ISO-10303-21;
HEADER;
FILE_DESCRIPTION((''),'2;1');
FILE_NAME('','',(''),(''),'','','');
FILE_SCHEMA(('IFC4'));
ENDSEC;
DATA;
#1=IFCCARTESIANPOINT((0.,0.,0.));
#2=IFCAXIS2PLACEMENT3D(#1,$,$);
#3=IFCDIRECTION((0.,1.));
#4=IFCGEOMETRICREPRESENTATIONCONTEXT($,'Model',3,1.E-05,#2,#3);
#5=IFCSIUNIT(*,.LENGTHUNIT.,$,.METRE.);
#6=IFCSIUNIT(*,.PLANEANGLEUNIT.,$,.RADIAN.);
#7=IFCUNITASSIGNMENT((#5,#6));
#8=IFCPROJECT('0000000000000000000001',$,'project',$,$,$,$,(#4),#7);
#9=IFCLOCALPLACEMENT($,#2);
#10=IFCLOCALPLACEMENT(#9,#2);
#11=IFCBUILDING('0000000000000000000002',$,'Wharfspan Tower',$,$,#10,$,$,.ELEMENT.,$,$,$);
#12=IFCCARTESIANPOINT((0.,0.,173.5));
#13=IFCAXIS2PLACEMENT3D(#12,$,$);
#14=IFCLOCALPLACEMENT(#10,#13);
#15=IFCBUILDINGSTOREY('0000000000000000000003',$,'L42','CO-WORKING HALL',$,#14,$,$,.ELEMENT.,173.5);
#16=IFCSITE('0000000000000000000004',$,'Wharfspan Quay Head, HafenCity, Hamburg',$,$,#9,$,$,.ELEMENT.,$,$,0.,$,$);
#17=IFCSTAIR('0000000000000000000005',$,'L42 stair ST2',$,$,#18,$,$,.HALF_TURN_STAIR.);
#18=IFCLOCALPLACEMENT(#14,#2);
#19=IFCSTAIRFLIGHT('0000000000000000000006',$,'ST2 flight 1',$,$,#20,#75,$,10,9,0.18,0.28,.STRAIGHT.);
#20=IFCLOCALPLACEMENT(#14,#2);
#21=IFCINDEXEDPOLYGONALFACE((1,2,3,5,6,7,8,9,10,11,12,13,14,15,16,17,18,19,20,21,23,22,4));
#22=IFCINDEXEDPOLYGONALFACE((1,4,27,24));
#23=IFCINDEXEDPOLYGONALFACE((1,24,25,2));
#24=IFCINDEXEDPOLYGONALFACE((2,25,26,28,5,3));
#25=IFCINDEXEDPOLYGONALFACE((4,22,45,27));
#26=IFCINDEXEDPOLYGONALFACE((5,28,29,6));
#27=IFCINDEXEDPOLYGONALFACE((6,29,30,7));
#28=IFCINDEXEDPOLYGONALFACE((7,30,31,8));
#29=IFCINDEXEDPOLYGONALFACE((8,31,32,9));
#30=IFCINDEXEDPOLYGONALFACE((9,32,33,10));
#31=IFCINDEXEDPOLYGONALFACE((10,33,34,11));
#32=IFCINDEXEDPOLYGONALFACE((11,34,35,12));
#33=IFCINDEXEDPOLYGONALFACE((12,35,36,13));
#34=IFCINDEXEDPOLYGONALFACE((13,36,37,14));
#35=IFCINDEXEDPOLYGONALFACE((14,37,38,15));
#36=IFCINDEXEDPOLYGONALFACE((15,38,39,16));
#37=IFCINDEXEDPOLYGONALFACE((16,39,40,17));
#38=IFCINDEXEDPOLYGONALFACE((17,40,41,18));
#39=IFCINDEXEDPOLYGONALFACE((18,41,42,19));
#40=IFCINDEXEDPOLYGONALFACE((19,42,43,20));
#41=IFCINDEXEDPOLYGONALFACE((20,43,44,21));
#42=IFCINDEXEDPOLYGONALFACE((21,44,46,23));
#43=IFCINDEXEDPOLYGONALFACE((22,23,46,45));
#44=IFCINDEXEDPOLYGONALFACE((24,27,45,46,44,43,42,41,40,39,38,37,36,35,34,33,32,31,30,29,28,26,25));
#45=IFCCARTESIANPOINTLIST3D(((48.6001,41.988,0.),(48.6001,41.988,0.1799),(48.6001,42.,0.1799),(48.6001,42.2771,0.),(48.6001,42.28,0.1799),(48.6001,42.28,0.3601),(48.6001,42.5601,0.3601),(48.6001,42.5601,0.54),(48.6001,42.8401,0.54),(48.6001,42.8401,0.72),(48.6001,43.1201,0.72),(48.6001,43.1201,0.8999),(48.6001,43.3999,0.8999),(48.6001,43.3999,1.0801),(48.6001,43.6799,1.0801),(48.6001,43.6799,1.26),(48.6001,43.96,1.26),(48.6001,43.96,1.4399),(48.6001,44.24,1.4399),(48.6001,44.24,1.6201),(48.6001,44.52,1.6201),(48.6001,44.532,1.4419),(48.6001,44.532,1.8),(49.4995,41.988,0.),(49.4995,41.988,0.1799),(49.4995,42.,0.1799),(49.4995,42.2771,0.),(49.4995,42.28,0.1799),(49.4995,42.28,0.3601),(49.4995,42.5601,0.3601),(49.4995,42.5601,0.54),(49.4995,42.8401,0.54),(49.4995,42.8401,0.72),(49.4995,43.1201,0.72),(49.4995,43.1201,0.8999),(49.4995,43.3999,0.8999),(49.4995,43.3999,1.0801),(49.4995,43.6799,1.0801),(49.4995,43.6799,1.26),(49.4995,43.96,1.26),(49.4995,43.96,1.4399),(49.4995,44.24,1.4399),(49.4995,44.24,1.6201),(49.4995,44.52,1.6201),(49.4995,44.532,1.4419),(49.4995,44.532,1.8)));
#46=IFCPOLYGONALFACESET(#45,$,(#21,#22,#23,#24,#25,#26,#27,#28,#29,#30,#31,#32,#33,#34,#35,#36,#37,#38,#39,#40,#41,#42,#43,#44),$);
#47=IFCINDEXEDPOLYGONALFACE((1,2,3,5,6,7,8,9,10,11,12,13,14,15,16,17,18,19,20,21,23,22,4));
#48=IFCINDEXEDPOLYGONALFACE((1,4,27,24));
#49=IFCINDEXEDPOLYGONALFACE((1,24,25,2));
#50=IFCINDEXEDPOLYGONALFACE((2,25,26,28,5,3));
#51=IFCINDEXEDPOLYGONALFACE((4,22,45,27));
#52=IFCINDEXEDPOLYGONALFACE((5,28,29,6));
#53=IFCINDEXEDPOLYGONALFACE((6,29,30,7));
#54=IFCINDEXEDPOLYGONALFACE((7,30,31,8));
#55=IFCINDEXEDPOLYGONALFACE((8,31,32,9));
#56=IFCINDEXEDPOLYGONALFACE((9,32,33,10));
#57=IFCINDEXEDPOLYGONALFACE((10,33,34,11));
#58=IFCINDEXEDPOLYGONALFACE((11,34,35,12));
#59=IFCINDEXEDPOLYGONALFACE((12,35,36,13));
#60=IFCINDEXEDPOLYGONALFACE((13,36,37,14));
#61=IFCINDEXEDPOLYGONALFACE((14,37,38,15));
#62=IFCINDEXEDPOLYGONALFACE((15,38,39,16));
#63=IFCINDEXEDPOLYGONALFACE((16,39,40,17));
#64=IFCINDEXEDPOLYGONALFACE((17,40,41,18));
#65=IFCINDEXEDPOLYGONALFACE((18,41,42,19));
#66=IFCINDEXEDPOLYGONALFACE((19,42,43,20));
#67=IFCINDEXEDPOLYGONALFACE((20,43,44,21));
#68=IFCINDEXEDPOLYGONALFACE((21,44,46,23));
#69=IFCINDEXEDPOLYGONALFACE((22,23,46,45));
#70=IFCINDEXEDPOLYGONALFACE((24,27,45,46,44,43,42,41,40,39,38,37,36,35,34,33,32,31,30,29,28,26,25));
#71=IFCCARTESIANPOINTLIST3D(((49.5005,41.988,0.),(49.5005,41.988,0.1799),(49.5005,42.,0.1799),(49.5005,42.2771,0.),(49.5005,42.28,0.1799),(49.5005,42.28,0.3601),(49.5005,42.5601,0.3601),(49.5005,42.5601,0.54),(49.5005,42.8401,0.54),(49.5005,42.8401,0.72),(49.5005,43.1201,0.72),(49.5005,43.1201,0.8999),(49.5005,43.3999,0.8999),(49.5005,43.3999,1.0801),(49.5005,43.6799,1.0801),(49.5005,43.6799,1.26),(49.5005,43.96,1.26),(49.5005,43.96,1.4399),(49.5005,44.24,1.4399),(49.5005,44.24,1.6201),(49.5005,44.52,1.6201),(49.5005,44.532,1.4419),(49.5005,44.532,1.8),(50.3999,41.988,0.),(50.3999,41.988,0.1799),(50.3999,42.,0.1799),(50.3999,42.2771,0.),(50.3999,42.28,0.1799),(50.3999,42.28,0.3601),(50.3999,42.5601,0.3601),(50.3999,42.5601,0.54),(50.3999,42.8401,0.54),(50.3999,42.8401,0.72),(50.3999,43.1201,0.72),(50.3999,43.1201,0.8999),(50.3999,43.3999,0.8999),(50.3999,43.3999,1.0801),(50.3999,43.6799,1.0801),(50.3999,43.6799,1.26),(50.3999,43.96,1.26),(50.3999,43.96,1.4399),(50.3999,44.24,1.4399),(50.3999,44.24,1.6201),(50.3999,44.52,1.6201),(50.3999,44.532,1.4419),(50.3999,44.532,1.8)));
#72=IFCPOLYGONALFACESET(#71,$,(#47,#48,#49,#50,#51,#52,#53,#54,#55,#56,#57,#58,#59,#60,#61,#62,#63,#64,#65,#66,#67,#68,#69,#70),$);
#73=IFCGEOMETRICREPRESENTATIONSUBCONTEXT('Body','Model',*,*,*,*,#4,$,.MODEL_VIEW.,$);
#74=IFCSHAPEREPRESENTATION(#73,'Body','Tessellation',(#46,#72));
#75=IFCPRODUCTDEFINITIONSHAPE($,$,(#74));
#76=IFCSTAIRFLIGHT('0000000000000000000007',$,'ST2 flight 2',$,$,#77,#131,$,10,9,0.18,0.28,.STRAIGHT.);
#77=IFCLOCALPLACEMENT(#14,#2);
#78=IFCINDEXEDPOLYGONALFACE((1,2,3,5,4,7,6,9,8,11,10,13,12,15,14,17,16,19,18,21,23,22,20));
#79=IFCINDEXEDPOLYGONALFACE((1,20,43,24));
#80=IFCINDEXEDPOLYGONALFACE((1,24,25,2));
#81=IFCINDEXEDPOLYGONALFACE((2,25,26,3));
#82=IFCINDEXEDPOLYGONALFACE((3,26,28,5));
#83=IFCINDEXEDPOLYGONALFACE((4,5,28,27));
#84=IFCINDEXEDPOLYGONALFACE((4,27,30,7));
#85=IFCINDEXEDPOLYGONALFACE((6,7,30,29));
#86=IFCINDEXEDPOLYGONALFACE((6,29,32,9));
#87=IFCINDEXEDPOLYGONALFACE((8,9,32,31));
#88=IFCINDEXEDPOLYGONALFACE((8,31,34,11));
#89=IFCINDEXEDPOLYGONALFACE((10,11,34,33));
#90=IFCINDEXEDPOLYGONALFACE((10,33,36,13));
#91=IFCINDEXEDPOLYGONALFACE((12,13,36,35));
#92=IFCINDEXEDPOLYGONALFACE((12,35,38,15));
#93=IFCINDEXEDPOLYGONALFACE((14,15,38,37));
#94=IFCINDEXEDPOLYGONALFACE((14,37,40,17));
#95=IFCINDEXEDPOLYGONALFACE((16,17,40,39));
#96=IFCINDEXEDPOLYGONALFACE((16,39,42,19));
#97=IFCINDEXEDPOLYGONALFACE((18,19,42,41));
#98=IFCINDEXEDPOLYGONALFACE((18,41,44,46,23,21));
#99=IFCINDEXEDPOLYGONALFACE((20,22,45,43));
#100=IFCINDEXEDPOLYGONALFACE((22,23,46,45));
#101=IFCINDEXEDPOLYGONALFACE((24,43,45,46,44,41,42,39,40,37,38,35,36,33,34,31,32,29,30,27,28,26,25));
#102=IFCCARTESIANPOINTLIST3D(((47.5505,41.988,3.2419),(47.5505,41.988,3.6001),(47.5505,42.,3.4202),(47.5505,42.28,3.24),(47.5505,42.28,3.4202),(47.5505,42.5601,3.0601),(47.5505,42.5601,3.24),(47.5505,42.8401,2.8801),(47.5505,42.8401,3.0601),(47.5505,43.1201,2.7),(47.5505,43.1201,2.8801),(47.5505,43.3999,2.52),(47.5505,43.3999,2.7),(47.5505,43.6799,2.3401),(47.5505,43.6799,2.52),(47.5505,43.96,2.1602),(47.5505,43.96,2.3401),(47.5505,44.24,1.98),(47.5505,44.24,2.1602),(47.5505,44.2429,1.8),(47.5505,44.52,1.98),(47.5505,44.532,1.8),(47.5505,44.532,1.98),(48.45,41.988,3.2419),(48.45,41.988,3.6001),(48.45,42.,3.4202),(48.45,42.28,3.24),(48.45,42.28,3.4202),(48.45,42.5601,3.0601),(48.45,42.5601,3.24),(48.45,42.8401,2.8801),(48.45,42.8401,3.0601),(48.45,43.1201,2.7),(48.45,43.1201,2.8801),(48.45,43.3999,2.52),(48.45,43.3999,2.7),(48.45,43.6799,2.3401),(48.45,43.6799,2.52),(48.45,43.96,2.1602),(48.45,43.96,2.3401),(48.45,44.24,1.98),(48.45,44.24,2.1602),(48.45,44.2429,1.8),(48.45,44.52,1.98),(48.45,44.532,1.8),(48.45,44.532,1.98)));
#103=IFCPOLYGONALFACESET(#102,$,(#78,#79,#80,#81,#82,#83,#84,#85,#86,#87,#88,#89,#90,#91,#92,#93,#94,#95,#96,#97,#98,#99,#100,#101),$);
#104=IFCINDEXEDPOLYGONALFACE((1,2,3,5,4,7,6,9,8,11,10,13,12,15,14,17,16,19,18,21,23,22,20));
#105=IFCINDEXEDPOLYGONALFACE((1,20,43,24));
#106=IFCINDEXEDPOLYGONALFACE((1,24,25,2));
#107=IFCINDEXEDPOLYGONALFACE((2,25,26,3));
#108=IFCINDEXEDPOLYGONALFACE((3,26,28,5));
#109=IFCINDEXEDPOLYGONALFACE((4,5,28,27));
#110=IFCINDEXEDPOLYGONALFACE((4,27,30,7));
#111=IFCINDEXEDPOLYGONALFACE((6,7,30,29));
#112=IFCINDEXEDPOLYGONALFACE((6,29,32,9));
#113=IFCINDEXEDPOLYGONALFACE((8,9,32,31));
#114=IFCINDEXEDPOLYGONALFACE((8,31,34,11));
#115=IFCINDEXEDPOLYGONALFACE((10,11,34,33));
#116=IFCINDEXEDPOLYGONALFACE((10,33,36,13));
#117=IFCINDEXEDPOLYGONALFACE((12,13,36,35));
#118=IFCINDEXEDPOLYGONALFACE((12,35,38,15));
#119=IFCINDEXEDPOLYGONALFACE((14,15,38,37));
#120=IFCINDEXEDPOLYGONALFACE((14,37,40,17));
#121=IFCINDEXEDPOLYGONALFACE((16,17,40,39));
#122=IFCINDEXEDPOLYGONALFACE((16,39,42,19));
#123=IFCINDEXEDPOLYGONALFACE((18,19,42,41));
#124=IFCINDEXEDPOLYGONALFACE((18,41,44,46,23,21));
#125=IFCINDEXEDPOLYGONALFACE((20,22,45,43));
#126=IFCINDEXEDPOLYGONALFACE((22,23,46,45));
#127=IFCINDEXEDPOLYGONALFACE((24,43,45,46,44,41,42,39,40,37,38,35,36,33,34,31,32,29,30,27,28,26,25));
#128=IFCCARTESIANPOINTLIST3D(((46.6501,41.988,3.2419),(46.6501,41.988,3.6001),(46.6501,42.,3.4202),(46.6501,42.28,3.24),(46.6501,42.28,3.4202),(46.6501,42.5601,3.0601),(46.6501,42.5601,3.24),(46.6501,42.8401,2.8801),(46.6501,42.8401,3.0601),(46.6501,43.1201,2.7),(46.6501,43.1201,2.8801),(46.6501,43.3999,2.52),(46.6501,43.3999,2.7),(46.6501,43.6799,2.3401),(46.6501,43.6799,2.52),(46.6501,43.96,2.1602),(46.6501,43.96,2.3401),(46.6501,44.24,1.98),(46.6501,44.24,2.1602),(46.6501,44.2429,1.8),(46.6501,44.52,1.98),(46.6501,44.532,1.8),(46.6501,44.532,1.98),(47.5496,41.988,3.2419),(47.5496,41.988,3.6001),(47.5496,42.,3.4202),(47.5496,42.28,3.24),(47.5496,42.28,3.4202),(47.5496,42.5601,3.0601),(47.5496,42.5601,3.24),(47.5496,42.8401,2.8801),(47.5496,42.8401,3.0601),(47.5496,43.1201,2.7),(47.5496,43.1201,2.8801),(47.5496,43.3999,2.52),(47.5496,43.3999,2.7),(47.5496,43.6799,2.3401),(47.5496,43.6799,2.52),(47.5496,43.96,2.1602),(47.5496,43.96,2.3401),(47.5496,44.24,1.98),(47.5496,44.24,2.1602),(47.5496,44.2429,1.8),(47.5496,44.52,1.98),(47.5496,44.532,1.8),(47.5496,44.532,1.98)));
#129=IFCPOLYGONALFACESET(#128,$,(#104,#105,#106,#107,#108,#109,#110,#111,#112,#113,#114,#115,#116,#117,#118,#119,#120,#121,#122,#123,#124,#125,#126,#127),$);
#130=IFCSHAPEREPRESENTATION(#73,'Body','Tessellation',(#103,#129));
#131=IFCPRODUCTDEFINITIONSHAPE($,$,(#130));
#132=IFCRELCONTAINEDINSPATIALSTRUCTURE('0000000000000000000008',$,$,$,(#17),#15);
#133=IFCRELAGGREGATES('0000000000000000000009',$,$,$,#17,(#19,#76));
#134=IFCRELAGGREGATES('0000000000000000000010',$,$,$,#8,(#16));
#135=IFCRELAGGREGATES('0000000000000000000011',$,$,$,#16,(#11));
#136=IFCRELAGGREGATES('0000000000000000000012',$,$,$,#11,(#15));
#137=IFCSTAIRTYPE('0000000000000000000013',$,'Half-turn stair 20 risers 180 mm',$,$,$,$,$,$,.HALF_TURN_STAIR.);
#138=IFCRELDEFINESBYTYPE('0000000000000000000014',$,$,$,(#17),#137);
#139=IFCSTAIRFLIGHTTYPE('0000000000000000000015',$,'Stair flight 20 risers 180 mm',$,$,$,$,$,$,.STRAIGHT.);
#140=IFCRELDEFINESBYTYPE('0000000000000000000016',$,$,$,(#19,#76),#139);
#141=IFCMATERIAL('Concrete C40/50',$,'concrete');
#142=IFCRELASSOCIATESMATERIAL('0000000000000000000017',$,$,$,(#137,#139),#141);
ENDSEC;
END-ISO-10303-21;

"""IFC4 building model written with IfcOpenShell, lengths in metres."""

from ifc_helpers import new_model, si_unit, direction, frame, origin, place, context, subcontext, project, spatial, polyline, outline, extrude, material, type_object, element, aggregate, save


model = new_model("IFC4")

# Units and contexts
model_context = context("Model", 3, precision=1e-05, world=origin(), true_north=direction((0.0, 1.0)))
body_context = subcontext(model_context, "Body", "Model", "MODEL_VIEW")
ifc_project = project(units=[si_unit("LENGTHUNIT", "METRE"), si_unit("PLANEANGLEUNIT", "RADIAN")], contexts=[model_context])

# Site, building, storey
site_placement = place(None, origin())
site = spatial("IfcSite", under=ifc_project, at=site_placement, Name="Wharfspan Quay Head, HafenCity, Hamburg", CompositionType="ELEMENT", RefElevation=0.0)
building_placement = place(site_placement, origin())
building = spatial("IfcBuilding", under=site, at=building_placement, Name="Wharfspan Tower", CompositionType="ELEMENT")
storey_placement = place(building_placement, frame((0.0, 0.0, 173.5)))
storey = spatial("IfcBuildingStorey", under=building, at=storey_placement, Name="L42", Description="CO-WORKING HALL", CompositionType="ELEMENT", Elevation=173.5)

# Shared definitions
ifc_material_1 = material(Name="Concrete C40/50", Category="concrete")

# Stair, stair flights
stair_type = type_object("IfcStairType", Name="Half-turn stair 20 risers 180 mm", PredefinedType="HALF_TURN_STAIR", material=ifc_material_1)
stair_placement = place(storey_placement, origin())
stair = element("IfcStair", 1, at=stair_placement, inside=storey, type_object=stair_type, Name="L42 stair ST2", PredefinedType="HALF_TURN_STAIR")
stair_flight_type = type_object("IfcStairFlightType", Name="Stair flight 20 risers 180 mm", PredefinedType="STRAIGHT", material=ifc_material_1)
stair_flight_1_placement = place(storey_placement, frame((49.5, 42.0, 0.0), z_axis=(0.0, 0.0, 1.0), x_axis=(0.0, 1.0, 0.0)))
stair_flight_1 = element("IfcStairFlight", 2, at=stair_flight_1_placement, type_object=stair_flight_type, Name="ST2 flight 1", NumberOfRisers=10, NumberOfTreads=9, PredefinedType="STRAIGHT", RiserHeight=0.18, TreadLength=0.28, context=body_context, shape_type="SweptSolid", body=[
    extrude(outline(polyline([(-0.012, 0.0), (-0.012, 0.1799), (0.0, 0.1799), (0.28, 0.1799), (0.28, 0.3601), (0.5601, 0.3601), (0.5601, 0.54), (0.8401, 0.54), (0.8401, 0.72), (1.1201, 0.72), (1.1201, 0.8999), (1.3999, 0.8999), (1.3999, 1.0801), (1.6799, 1.0801), (1.6799, 1.26), (1.96, 1.26), (1.96, 1.4399), (2.24, 1.4399), (2.24, 1.6201), (2.52, 1.6201), (2.532, 1.8), (2.532, 1.4419), (0.2771, 0.0), (-0.012, 0.0)])), frame((0.0, 0.8999, 0.0), z_axis=(0.0, -1.0, 0.0), x_axis=(1.0, 0.0, 0.0)), (0.0, 0.0, 1.0), 0.8994),
    extrude(outline(polyline([(-0.012, 0.0), (-0.012, 0.1799), (0.0, 0.1799), (0.28, 0.1799), (0.28, 0.3601), (0.5601, 0.3601), (0.5601, 0.54), (0.8401, 0.54), (0.8401, 0.72), (1.1201, 0.72), (1.1201, 0.8999), (1.3999, 0.8999), (1.3999, 1.0801), (1.6799, 1.0801), (1.6799, 1.26), (1.96, 1.26), (1.96, 1.4399), (2.24, 1.4399), (2.24, 1.6201), (2.52, 1.6201), (2.532, 1.8), (2.532, 1.4419), (0.2771, 0.0), (-0.012, 0.0)])), frame((0.0, -0.0005, 0.0), z_axis=(0.0, -1.0, 0.0), x_axis=(1.0, 0.0, 0.0)), (0.0, 0.0, 1.0), 0.8994),
])
stair_flight_2_placement = place(storey_placement, frame((47.55, 44.52, 1.8), z_axis=(0.0, 0.0, 1.0), x_axis=(0.0, -1.0, 0.0)))
stair_flight_2 = element("IfcStairFlight", 3, at=stair_flight_2_placement, type_object=stair_flight_type, Name="ST2 flight 2", NumberOfRisers=10, NumberOfTreads=9, PredefinedType="STRAIGHT", RiserHeight=0.18, TreadLength=0.28, context=body_context, shape_type="SweptSolid", body=[
    extrude(outline(polyline([(-0.012, 0.0), (-0.012, 0.1799), (0.0, 0.1799), (0.28, 0.1799), (0.28, 0.3601), (0.5601, 0.3601), (0.5601, 0.54), (0.8401, 0.54), (0.8401, 0.72), (1.1201, 0.72), (1.1201, 0.8999), (1.3999, 0.8999), (1.3999, 1.0801), (1.6799, 1.0801), (1.6799, 1.26), (1.96, 1.26), (1.96, 1.4399), (2.24, 1.4399), (2.24, 1.6201), (2.52, 1.6201), (2.532, 1.8), (2.532, 1.4419), (0.2771, 0.0), (-0.012, 0.0)])), frame((0.0, 0.8999, 0.0), z_axis=(0.0, -1.0, 0.0), x_axis=(1.0, 0.0, 0.0)), (0.0, 0.0, 1.0), 0.8994),
    extrude(outline(polyline([(-0.012, 0.0), (-0.012, 0.1799), (0.0, 0.1799), (0.28, 0.1799), (0.28, 0.3601), (0.5601, 0.3601), (0.5601, 0.54), (0.8401, 0.54), (0.8401, 0.72), (1.1201, 0.72), (1.1201, 0.8999), (1.3999, 0.8999), (1.3999, 1.0801), (1.6799, 1.0801), (1.6799, 1.26), (1.96, 1.26), (1.96, 1.4399), (2.24, 1.4399), (2.24, 1.6201), (2.52, 1.6201), (2.532, 1.8), (2.532, 1.4419), (0.2771, 0.0), (-0.012, 0.0)])), frame((0.0, -0.0005, 0.0), z_axis=(0.0, -1.0, 0.0), x_axis=(1.0, 0.0, 0.0)), (0.0, 0.0, 1.0), 0.8994),
])
aggregate(stair, [stair_flight_1, stair_flight_2])

save(model, "model.ifc")
